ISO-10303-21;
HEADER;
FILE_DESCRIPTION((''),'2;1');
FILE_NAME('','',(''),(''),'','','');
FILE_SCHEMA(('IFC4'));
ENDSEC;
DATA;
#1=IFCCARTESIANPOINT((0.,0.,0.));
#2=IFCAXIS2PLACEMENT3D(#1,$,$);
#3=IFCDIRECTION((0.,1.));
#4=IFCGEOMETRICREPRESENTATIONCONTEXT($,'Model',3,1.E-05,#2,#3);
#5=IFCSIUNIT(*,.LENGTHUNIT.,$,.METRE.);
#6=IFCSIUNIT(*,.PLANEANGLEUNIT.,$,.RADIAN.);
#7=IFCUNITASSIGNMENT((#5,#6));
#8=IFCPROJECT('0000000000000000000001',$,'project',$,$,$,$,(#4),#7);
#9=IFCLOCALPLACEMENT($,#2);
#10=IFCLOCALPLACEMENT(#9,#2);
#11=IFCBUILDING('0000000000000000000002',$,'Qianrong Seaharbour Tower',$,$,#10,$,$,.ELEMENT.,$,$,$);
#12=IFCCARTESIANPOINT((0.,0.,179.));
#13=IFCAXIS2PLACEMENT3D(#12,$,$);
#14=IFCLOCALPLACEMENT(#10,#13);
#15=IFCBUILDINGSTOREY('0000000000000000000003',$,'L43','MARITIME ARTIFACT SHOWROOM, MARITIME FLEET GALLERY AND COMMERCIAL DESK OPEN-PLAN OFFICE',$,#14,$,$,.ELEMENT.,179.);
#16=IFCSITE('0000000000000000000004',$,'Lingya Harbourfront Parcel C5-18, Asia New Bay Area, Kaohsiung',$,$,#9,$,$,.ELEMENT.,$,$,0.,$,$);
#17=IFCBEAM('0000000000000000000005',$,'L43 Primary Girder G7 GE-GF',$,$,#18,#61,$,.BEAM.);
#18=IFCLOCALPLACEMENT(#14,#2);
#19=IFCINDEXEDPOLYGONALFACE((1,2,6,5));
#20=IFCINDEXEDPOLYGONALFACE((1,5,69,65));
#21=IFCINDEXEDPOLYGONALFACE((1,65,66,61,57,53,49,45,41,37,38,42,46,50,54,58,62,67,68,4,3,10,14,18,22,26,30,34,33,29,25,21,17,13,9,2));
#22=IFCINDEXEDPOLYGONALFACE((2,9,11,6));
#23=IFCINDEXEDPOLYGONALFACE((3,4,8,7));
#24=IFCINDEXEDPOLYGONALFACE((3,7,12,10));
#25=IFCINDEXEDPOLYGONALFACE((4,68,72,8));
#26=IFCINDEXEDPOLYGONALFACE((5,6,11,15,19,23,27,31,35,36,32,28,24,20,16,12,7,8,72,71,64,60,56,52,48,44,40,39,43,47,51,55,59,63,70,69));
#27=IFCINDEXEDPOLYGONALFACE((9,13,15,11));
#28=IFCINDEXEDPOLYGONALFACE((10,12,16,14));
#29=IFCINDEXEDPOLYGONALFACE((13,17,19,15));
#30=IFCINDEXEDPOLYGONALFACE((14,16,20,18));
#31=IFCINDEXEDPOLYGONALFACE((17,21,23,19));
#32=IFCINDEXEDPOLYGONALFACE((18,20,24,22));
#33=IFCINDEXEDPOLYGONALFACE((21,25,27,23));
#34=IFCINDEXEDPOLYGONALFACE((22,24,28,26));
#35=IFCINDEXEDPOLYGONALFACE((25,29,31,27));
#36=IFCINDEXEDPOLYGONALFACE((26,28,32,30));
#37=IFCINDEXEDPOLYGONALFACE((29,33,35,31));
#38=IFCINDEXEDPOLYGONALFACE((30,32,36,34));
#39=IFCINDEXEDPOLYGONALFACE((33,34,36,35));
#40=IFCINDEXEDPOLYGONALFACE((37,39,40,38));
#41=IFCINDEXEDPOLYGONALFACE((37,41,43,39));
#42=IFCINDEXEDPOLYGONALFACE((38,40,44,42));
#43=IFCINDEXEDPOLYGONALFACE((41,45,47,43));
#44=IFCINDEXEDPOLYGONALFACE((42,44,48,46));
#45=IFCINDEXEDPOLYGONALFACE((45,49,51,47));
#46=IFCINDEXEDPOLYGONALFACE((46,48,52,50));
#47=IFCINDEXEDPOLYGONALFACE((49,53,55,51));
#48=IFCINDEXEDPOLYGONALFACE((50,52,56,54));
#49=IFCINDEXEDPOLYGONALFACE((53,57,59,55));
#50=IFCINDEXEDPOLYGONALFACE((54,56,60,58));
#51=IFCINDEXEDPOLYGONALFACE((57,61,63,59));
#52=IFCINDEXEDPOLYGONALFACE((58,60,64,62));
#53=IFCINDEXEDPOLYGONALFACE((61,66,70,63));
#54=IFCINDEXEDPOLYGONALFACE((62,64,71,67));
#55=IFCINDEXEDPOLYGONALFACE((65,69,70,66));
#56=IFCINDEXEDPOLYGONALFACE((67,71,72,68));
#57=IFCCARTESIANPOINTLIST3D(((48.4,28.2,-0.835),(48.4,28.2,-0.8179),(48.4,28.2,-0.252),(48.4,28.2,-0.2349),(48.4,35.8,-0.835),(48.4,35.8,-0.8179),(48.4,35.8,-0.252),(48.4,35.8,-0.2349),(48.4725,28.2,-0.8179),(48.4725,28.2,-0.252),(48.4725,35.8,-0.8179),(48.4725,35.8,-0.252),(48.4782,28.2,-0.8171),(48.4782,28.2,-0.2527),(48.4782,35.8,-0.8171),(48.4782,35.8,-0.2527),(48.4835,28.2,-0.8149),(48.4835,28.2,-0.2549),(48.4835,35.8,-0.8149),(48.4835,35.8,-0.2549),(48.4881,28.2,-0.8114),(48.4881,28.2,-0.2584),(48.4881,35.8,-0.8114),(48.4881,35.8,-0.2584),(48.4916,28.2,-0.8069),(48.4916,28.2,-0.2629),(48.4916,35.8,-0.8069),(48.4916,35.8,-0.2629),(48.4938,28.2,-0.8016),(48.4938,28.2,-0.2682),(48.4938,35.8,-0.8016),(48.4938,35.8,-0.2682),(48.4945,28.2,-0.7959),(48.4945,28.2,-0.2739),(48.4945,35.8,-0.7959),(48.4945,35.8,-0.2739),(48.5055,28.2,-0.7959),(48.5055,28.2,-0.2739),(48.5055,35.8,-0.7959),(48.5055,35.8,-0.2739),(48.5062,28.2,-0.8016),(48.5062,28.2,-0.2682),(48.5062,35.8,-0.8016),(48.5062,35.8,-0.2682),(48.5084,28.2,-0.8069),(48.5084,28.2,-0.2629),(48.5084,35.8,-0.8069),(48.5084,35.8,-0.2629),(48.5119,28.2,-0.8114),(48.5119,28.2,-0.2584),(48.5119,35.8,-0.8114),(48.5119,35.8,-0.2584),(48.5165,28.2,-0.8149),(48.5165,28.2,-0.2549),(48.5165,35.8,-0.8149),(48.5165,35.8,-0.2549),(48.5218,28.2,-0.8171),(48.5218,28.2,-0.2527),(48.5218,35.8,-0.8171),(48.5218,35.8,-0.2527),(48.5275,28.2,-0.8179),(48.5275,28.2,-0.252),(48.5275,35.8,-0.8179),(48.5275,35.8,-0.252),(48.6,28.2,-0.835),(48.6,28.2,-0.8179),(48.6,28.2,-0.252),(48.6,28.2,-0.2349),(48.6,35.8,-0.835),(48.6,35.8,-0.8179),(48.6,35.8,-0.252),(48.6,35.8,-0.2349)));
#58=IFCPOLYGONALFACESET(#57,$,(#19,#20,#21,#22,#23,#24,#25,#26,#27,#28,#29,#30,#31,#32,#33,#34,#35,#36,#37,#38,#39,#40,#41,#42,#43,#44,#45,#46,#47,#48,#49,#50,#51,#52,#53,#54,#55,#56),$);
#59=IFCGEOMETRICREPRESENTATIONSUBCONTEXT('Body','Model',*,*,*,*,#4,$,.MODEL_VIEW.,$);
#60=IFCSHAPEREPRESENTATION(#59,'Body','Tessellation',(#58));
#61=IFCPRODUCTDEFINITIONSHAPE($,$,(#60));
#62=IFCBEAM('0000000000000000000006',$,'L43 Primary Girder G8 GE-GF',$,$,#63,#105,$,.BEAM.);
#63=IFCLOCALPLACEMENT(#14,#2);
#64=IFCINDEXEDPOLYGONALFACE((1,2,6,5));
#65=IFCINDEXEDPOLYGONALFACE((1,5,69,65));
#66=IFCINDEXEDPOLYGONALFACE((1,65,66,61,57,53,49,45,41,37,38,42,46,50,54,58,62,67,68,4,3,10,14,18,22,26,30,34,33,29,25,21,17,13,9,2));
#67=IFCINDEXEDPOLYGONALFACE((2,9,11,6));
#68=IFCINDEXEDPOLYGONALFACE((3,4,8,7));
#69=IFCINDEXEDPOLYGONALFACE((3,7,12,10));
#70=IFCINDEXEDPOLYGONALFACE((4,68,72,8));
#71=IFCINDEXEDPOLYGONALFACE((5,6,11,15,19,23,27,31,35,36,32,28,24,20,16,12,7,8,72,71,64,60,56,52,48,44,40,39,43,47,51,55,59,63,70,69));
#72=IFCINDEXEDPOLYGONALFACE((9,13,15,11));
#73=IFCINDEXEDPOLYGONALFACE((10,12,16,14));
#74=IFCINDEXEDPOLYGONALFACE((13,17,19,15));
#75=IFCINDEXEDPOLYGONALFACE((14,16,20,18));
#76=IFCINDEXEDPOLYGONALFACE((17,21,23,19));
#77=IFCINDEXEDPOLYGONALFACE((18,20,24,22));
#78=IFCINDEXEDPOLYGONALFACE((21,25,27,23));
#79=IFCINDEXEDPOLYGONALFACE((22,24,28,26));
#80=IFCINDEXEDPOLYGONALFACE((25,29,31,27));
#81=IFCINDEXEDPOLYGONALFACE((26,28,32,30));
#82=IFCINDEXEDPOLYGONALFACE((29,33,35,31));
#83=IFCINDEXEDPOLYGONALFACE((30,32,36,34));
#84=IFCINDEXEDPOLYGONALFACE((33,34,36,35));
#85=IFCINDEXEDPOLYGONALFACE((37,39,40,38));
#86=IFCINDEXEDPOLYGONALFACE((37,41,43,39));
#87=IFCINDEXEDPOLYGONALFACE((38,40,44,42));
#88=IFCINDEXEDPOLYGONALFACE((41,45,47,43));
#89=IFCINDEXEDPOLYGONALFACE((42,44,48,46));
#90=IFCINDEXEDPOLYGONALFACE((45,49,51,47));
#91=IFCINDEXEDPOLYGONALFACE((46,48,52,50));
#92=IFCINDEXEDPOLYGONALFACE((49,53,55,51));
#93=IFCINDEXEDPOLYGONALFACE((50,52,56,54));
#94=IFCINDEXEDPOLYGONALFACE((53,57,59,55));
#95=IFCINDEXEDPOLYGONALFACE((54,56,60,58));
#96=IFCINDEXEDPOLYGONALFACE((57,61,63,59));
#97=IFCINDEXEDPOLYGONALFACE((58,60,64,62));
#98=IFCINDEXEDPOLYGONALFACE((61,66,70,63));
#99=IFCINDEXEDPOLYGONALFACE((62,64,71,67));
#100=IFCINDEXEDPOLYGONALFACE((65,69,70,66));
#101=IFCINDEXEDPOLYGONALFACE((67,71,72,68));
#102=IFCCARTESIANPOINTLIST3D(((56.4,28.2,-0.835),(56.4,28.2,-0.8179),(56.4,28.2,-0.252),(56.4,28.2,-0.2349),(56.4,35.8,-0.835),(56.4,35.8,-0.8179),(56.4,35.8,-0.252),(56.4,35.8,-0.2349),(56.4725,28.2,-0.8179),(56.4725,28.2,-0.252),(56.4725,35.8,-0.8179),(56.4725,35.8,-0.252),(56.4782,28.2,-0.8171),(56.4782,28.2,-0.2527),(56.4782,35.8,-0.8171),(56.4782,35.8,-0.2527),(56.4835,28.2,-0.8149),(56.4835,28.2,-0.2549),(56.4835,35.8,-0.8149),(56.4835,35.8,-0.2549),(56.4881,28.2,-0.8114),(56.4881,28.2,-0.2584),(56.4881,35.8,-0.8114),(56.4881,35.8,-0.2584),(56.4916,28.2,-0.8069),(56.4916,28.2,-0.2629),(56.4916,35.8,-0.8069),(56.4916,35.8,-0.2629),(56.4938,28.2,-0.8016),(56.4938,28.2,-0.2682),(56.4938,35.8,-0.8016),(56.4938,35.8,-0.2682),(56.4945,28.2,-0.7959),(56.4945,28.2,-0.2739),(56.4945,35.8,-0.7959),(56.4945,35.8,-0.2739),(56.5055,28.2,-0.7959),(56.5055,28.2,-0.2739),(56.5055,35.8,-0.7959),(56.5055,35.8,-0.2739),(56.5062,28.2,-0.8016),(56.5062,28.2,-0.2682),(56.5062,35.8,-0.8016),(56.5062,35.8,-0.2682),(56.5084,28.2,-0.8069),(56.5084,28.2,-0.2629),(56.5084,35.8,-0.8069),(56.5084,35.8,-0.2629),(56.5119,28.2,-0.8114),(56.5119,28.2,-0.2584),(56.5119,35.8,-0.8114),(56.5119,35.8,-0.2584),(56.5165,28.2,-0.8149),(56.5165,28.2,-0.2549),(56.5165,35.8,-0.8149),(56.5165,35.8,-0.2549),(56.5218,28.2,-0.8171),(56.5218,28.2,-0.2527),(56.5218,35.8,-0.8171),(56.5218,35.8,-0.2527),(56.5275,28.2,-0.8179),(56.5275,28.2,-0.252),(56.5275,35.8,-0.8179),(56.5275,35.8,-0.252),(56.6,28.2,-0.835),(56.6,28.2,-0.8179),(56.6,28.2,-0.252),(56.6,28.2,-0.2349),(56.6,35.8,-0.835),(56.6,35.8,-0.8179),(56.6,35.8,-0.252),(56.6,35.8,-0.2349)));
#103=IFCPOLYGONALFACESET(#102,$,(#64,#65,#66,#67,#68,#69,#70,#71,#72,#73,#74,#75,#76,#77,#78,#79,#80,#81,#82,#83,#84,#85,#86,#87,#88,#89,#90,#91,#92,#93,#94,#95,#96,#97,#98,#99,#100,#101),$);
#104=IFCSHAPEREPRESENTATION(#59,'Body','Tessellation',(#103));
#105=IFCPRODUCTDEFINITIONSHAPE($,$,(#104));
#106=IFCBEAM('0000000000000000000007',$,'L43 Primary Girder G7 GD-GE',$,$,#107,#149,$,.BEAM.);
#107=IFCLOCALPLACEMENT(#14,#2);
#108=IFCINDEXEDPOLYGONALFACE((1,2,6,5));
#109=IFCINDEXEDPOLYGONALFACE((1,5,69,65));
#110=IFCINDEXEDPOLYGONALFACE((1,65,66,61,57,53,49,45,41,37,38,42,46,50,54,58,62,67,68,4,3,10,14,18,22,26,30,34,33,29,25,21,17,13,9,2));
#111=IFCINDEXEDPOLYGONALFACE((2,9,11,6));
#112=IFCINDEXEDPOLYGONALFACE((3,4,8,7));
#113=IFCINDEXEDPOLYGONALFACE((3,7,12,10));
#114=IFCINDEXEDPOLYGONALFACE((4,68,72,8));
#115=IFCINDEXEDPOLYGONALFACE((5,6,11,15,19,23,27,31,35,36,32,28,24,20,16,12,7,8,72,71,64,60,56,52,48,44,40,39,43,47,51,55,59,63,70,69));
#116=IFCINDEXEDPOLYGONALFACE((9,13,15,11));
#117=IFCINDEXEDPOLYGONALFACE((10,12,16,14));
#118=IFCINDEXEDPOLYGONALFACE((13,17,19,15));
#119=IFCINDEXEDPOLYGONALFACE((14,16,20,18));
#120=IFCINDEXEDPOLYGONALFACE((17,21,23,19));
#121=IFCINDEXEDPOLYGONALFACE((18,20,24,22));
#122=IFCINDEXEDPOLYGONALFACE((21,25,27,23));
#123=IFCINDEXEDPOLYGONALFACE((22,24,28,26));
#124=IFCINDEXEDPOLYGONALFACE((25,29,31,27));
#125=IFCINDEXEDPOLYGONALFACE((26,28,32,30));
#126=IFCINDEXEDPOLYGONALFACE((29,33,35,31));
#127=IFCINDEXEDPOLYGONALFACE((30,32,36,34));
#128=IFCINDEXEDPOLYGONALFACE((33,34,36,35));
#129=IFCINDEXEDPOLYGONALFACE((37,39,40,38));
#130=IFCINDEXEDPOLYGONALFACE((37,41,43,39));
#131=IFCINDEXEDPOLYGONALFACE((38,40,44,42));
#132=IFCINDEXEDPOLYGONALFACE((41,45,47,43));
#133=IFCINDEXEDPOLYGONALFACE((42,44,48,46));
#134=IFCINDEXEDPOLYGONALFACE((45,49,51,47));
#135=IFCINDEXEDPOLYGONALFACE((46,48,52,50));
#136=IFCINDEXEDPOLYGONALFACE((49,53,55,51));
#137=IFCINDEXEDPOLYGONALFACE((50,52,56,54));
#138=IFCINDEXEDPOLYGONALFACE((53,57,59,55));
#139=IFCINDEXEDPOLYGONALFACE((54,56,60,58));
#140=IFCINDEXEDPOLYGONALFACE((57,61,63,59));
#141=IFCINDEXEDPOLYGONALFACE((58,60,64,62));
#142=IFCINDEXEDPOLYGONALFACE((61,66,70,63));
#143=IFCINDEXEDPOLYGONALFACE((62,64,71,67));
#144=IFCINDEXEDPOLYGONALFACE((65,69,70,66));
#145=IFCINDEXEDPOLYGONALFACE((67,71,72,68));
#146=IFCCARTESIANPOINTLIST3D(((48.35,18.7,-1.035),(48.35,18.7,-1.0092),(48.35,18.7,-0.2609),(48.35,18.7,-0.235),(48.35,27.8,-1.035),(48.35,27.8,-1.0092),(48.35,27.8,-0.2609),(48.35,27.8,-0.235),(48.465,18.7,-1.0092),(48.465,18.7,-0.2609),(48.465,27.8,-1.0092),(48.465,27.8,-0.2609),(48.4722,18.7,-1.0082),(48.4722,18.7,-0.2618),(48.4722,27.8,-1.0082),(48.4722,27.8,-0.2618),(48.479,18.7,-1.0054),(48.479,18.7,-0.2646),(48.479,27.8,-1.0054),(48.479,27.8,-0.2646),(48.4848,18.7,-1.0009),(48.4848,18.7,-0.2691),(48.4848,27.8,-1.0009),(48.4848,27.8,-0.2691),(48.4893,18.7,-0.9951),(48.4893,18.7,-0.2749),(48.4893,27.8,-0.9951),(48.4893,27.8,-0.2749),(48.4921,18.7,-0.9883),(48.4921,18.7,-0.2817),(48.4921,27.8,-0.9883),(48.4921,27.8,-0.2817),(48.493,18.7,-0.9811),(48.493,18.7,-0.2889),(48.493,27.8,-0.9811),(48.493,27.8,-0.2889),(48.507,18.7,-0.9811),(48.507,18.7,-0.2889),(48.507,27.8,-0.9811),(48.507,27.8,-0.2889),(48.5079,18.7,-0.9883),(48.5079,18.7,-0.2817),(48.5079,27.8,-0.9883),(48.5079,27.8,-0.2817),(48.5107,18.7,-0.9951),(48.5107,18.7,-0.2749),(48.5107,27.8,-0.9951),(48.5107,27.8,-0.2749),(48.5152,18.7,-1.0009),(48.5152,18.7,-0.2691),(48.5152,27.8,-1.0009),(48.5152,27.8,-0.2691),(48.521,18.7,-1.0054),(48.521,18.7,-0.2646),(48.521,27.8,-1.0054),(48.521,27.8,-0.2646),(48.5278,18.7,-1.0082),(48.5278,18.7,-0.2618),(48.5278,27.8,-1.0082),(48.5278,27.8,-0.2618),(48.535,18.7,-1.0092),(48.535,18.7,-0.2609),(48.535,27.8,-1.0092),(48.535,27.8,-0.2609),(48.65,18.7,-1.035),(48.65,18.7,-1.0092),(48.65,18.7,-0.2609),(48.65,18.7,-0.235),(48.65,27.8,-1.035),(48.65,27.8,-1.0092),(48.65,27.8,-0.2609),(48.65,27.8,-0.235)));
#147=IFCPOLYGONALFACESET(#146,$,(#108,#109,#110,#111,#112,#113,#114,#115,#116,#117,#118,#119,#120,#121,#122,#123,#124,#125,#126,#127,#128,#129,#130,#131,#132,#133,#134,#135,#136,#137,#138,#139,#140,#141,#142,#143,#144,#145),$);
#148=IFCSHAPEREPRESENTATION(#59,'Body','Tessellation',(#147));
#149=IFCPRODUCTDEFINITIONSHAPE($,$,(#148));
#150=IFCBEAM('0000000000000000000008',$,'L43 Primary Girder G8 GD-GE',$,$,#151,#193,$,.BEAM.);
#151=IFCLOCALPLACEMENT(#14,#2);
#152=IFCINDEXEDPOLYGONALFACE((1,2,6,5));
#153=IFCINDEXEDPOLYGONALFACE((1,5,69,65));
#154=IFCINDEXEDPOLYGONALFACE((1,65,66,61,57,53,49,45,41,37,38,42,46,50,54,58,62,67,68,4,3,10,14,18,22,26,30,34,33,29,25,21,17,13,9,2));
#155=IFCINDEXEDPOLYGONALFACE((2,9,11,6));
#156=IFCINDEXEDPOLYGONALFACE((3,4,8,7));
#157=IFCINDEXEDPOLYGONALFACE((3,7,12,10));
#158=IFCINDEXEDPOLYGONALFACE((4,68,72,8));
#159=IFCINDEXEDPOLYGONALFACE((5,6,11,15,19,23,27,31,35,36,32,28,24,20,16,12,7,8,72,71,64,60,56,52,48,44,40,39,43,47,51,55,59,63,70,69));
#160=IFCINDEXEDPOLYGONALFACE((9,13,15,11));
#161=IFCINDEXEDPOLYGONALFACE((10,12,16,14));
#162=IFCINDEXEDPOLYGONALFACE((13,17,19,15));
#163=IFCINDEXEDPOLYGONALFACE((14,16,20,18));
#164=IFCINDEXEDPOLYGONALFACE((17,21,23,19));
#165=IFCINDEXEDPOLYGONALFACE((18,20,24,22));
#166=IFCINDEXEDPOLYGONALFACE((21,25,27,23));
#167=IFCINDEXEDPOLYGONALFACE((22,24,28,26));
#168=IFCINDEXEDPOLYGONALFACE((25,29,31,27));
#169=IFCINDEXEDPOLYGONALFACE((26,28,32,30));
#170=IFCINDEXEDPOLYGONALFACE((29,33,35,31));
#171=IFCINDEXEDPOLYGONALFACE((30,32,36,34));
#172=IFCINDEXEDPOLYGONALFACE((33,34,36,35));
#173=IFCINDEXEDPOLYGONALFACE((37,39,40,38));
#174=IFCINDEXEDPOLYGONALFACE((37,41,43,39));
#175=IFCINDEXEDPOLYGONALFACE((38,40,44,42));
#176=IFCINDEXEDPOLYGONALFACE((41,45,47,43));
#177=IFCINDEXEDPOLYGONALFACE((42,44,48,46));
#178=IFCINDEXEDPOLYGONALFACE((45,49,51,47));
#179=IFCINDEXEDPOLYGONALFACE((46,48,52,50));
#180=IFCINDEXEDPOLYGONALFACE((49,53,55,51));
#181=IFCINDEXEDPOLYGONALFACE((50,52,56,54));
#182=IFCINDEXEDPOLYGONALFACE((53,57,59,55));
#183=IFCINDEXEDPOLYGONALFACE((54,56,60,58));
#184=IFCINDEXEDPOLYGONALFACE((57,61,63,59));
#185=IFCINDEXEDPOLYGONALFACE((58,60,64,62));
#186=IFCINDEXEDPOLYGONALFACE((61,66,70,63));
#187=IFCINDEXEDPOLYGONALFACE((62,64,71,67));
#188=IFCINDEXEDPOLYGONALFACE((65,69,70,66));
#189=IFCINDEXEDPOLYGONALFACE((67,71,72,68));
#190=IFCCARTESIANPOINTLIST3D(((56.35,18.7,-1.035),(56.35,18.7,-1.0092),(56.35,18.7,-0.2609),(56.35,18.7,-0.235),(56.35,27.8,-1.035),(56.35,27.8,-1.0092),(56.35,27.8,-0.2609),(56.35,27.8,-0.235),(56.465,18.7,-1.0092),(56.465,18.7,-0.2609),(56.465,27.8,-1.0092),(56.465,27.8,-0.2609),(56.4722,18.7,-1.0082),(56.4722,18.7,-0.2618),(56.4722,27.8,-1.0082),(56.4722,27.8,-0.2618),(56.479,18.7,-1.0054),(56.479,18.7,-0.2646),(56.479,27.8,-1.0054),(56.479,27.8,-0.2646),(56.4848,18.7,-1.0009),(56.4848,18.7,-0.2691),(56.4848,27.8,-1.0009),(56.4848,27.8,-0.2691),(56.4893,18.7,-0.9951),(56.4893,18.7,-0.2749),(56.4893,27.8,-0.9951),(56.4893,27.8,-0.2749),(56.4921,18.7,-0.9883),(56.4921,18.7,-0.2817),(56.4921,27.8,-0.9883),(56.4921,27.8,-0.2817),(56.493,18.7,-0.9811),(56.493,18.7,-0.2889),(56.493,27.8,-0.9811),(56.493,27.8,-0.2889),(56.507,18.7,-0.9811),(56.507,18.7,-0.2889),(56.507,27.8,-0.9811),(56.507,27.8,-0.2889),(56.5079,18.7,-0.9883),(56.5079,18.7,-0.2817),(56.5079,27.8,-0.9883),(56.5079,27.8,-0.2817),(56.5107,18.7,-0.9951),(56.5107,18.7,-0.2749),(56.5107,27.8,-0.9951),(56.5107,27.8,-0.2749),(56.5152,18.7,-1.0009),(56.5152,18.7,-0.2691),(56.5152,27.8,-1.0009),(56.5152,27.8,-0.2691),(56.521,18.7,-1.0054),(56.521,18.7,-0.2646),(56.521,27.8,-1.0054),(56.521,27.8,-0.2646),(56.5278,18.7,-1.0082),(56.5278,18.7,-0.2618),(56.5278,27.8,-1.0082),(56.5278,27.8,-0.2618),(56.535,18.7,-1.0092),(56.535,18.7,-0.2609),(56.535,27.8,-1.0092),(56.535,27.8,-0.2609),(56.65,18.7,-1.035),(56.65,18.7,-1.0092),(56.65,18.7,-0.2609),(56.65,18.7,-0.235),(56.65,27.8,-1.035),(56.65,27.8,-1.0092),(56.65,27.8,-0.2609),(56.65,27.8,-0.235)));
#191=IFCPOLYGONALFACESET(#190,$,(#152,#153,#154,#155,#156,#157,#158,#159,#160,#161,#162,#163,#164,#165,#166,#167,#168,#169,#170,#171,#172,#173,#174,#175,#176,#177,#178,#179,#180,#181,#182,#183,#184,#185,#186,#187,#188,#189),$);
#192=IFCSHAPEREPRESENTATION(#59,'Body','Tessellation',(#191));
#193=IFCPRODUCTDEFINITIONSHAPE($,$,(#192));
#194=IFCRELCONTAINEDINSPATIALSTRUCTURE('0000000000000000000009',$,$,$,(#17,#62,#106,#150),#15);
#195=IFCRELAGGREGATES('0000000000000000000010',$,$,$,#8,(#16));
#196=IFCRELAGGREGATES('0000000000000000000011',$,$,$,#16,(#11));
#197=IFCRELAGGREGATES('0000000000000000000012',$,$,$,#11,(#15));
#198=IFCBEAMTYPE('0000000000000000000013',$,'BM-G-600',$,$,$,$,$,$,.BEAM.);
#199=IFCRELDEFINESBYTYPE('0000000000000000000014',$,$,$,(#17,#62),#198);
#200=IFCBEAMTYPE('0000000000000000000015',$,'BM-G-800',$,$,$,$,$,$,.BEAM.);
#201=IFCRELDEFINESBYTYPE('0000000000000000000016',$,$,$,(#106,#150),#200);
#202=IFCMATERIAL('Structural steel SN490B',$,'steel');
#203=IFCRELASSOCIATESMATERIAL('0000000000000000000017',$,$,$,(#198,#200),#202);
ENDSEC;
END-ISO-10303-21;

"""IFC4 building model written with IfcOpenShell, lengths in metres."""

from ifc_helpers import new_model, si_unit, direction, frame, origin, origin_2d, place, context, subcontext, project, spatial, i_section, extrude, material, material_profile, profile_set, type_object, element, save


model = new_model("IFC4")

# Units and contexts
model_context = context("Model", 3, precision=1e-05, world=origin(), true_north=direction((0.0, 1.0)))
body_context = subcontext(model_context, "Body", "Model", "MODEL_VIEW")
ifc_project = project(units=[si_unit("LENGTHUNIT", "METRE"), si_unit("PLANEANGLEUNIT", "RADIAN")], contexts=[model_context])

# Site, building, storey
site_placement = place(None, origin())
site = spatial("IfcSite", under=ifc_project, at=site_placement, Name="Lingya Harbourfront Parcel C5-18, Asia New Bay Area, Kaohsiung", CompositionType="ELEMENT", RefElevation=0.0)
building_placement = place(site_placement, origin())
building = spatial("IfcBuilding", under=site, at=building_placement, Name="Qianrong Seaharbour Tower", CompositionType="ELEMENT")
storey_placement = place(building_placement, frame((0.0, 0.0, 179.0)))
storey = spatial("IfcBuildingStorey", under=building, at=storey_placement, Name="L43", Description="MARITIME ARTIFACT SHOWROOM, MARITIME FLEET GALLERY AND COMMERCIAL DESK OPEN-PLAN OFFICE", CompositionType="ELEMENT", Elevation=179.0)

# Shared definitions
ifc_material_1 = material(Name="Structural steel SN490B", Category="steel")

# Beams
ifc_material_profile_1 = material_profile(ifc_material_1, i_section(OverallWidth=0.2, OverallDepth=0.6001, WebThickness=0.011, FlangeThickness=0.0171, FilletRadius=0.022, at=origin_2d()), Name="H600x200x11x17")
ifc_profile_set_1 = profile_set([ifc_material_profile_1], Name="Structural steel SN490B")
beam_type_1 = type_object("IfcBeamType", Name="BM-G-600", PredefinedType="BEAM", material=ifc_profile_set_1)
for number, where, z_axis, x_axis, name in (
    (1, (48.5, 28.2, -0.5349), (0.0, 1.0, 0.0), (-1.0, 0.0, 0.0), "L43 Primary Girder G7 GE-GF"),
    (2, (56.5, 28.2, -0.5349), (0.0, 1.0, 0.0), (-1.0, 0.0, 0.0), "L43 Primary Girder G8 GE-GF"),
):
    element("IfcBeam", number, at=place(storey_placement, frame(where, z_axis=z_axis, x_axis=x_axis)), inside=storey, type_object=beam_type_1, Name=name, PredefinedType="BEAM", context=body_context, shape_type="SweptSolid", body=[
        extrude(i_section(OverallWidth=0.2, OverallDepth=0.6001, WebThickness=0.011, FlangeThickness=0.0171, FilletRadius=0.022, at=origin_2d()), origin(), (0.0, 0.0, 1.0), 7.6001),
    ])
ifc_material_profile_2 = material_profile(ifc_material_1, i_section(OverallWidth=0.3, OverallDepth=0.8, WebThickness=0.0139, FlangeThickness=0.0259, FilletRadius=0.0281, at=origin_2d()), Name="H800x300x14x26")
ifc_profile_set_2 = profile_set([ifc_material_profile_2], Name="Structural steel SN490B")
beam_type_2 = type_object("IfcBeamType", Name="BM-G-800", PredefinedType="BEAM", material=ifc_profile_set_2)
for number, where, z_axis, x_axis, name in (
    (3, (48.5, 18.7, -0.635), (0.0, 1.0, 0.0), (-1.0, 0.0, 0.0), "L43 Primary Girder G7 GD-GE"),
    (4, (56.5, 18.7, -0.635), (0.0, 1.0, 0.0), (-1.0, 0.0, 0.0), "L43 Primary Girder G8 GD-GE"),
):
    element("IfcBeam", number, at=place(storey_placement, frame(where, z_axis=z_axis, x_axis=x_axis)), inside=storey, type_object=beam_type_2, Name=name, PredefinedType="BEAM", context=body_context, shape_type="SweptSolid", body=[
        extrude(i_section(OverallWidth=0.3, OverallDepth=0.8, WebThickness=0.0139, FlangeThickness=0.0259, FilletRadius=0.0281, at=origin_2d()), origin(), (0.0, 0.0, 1.0), 9.1001),
    ])

save(model, "model.ifc")
